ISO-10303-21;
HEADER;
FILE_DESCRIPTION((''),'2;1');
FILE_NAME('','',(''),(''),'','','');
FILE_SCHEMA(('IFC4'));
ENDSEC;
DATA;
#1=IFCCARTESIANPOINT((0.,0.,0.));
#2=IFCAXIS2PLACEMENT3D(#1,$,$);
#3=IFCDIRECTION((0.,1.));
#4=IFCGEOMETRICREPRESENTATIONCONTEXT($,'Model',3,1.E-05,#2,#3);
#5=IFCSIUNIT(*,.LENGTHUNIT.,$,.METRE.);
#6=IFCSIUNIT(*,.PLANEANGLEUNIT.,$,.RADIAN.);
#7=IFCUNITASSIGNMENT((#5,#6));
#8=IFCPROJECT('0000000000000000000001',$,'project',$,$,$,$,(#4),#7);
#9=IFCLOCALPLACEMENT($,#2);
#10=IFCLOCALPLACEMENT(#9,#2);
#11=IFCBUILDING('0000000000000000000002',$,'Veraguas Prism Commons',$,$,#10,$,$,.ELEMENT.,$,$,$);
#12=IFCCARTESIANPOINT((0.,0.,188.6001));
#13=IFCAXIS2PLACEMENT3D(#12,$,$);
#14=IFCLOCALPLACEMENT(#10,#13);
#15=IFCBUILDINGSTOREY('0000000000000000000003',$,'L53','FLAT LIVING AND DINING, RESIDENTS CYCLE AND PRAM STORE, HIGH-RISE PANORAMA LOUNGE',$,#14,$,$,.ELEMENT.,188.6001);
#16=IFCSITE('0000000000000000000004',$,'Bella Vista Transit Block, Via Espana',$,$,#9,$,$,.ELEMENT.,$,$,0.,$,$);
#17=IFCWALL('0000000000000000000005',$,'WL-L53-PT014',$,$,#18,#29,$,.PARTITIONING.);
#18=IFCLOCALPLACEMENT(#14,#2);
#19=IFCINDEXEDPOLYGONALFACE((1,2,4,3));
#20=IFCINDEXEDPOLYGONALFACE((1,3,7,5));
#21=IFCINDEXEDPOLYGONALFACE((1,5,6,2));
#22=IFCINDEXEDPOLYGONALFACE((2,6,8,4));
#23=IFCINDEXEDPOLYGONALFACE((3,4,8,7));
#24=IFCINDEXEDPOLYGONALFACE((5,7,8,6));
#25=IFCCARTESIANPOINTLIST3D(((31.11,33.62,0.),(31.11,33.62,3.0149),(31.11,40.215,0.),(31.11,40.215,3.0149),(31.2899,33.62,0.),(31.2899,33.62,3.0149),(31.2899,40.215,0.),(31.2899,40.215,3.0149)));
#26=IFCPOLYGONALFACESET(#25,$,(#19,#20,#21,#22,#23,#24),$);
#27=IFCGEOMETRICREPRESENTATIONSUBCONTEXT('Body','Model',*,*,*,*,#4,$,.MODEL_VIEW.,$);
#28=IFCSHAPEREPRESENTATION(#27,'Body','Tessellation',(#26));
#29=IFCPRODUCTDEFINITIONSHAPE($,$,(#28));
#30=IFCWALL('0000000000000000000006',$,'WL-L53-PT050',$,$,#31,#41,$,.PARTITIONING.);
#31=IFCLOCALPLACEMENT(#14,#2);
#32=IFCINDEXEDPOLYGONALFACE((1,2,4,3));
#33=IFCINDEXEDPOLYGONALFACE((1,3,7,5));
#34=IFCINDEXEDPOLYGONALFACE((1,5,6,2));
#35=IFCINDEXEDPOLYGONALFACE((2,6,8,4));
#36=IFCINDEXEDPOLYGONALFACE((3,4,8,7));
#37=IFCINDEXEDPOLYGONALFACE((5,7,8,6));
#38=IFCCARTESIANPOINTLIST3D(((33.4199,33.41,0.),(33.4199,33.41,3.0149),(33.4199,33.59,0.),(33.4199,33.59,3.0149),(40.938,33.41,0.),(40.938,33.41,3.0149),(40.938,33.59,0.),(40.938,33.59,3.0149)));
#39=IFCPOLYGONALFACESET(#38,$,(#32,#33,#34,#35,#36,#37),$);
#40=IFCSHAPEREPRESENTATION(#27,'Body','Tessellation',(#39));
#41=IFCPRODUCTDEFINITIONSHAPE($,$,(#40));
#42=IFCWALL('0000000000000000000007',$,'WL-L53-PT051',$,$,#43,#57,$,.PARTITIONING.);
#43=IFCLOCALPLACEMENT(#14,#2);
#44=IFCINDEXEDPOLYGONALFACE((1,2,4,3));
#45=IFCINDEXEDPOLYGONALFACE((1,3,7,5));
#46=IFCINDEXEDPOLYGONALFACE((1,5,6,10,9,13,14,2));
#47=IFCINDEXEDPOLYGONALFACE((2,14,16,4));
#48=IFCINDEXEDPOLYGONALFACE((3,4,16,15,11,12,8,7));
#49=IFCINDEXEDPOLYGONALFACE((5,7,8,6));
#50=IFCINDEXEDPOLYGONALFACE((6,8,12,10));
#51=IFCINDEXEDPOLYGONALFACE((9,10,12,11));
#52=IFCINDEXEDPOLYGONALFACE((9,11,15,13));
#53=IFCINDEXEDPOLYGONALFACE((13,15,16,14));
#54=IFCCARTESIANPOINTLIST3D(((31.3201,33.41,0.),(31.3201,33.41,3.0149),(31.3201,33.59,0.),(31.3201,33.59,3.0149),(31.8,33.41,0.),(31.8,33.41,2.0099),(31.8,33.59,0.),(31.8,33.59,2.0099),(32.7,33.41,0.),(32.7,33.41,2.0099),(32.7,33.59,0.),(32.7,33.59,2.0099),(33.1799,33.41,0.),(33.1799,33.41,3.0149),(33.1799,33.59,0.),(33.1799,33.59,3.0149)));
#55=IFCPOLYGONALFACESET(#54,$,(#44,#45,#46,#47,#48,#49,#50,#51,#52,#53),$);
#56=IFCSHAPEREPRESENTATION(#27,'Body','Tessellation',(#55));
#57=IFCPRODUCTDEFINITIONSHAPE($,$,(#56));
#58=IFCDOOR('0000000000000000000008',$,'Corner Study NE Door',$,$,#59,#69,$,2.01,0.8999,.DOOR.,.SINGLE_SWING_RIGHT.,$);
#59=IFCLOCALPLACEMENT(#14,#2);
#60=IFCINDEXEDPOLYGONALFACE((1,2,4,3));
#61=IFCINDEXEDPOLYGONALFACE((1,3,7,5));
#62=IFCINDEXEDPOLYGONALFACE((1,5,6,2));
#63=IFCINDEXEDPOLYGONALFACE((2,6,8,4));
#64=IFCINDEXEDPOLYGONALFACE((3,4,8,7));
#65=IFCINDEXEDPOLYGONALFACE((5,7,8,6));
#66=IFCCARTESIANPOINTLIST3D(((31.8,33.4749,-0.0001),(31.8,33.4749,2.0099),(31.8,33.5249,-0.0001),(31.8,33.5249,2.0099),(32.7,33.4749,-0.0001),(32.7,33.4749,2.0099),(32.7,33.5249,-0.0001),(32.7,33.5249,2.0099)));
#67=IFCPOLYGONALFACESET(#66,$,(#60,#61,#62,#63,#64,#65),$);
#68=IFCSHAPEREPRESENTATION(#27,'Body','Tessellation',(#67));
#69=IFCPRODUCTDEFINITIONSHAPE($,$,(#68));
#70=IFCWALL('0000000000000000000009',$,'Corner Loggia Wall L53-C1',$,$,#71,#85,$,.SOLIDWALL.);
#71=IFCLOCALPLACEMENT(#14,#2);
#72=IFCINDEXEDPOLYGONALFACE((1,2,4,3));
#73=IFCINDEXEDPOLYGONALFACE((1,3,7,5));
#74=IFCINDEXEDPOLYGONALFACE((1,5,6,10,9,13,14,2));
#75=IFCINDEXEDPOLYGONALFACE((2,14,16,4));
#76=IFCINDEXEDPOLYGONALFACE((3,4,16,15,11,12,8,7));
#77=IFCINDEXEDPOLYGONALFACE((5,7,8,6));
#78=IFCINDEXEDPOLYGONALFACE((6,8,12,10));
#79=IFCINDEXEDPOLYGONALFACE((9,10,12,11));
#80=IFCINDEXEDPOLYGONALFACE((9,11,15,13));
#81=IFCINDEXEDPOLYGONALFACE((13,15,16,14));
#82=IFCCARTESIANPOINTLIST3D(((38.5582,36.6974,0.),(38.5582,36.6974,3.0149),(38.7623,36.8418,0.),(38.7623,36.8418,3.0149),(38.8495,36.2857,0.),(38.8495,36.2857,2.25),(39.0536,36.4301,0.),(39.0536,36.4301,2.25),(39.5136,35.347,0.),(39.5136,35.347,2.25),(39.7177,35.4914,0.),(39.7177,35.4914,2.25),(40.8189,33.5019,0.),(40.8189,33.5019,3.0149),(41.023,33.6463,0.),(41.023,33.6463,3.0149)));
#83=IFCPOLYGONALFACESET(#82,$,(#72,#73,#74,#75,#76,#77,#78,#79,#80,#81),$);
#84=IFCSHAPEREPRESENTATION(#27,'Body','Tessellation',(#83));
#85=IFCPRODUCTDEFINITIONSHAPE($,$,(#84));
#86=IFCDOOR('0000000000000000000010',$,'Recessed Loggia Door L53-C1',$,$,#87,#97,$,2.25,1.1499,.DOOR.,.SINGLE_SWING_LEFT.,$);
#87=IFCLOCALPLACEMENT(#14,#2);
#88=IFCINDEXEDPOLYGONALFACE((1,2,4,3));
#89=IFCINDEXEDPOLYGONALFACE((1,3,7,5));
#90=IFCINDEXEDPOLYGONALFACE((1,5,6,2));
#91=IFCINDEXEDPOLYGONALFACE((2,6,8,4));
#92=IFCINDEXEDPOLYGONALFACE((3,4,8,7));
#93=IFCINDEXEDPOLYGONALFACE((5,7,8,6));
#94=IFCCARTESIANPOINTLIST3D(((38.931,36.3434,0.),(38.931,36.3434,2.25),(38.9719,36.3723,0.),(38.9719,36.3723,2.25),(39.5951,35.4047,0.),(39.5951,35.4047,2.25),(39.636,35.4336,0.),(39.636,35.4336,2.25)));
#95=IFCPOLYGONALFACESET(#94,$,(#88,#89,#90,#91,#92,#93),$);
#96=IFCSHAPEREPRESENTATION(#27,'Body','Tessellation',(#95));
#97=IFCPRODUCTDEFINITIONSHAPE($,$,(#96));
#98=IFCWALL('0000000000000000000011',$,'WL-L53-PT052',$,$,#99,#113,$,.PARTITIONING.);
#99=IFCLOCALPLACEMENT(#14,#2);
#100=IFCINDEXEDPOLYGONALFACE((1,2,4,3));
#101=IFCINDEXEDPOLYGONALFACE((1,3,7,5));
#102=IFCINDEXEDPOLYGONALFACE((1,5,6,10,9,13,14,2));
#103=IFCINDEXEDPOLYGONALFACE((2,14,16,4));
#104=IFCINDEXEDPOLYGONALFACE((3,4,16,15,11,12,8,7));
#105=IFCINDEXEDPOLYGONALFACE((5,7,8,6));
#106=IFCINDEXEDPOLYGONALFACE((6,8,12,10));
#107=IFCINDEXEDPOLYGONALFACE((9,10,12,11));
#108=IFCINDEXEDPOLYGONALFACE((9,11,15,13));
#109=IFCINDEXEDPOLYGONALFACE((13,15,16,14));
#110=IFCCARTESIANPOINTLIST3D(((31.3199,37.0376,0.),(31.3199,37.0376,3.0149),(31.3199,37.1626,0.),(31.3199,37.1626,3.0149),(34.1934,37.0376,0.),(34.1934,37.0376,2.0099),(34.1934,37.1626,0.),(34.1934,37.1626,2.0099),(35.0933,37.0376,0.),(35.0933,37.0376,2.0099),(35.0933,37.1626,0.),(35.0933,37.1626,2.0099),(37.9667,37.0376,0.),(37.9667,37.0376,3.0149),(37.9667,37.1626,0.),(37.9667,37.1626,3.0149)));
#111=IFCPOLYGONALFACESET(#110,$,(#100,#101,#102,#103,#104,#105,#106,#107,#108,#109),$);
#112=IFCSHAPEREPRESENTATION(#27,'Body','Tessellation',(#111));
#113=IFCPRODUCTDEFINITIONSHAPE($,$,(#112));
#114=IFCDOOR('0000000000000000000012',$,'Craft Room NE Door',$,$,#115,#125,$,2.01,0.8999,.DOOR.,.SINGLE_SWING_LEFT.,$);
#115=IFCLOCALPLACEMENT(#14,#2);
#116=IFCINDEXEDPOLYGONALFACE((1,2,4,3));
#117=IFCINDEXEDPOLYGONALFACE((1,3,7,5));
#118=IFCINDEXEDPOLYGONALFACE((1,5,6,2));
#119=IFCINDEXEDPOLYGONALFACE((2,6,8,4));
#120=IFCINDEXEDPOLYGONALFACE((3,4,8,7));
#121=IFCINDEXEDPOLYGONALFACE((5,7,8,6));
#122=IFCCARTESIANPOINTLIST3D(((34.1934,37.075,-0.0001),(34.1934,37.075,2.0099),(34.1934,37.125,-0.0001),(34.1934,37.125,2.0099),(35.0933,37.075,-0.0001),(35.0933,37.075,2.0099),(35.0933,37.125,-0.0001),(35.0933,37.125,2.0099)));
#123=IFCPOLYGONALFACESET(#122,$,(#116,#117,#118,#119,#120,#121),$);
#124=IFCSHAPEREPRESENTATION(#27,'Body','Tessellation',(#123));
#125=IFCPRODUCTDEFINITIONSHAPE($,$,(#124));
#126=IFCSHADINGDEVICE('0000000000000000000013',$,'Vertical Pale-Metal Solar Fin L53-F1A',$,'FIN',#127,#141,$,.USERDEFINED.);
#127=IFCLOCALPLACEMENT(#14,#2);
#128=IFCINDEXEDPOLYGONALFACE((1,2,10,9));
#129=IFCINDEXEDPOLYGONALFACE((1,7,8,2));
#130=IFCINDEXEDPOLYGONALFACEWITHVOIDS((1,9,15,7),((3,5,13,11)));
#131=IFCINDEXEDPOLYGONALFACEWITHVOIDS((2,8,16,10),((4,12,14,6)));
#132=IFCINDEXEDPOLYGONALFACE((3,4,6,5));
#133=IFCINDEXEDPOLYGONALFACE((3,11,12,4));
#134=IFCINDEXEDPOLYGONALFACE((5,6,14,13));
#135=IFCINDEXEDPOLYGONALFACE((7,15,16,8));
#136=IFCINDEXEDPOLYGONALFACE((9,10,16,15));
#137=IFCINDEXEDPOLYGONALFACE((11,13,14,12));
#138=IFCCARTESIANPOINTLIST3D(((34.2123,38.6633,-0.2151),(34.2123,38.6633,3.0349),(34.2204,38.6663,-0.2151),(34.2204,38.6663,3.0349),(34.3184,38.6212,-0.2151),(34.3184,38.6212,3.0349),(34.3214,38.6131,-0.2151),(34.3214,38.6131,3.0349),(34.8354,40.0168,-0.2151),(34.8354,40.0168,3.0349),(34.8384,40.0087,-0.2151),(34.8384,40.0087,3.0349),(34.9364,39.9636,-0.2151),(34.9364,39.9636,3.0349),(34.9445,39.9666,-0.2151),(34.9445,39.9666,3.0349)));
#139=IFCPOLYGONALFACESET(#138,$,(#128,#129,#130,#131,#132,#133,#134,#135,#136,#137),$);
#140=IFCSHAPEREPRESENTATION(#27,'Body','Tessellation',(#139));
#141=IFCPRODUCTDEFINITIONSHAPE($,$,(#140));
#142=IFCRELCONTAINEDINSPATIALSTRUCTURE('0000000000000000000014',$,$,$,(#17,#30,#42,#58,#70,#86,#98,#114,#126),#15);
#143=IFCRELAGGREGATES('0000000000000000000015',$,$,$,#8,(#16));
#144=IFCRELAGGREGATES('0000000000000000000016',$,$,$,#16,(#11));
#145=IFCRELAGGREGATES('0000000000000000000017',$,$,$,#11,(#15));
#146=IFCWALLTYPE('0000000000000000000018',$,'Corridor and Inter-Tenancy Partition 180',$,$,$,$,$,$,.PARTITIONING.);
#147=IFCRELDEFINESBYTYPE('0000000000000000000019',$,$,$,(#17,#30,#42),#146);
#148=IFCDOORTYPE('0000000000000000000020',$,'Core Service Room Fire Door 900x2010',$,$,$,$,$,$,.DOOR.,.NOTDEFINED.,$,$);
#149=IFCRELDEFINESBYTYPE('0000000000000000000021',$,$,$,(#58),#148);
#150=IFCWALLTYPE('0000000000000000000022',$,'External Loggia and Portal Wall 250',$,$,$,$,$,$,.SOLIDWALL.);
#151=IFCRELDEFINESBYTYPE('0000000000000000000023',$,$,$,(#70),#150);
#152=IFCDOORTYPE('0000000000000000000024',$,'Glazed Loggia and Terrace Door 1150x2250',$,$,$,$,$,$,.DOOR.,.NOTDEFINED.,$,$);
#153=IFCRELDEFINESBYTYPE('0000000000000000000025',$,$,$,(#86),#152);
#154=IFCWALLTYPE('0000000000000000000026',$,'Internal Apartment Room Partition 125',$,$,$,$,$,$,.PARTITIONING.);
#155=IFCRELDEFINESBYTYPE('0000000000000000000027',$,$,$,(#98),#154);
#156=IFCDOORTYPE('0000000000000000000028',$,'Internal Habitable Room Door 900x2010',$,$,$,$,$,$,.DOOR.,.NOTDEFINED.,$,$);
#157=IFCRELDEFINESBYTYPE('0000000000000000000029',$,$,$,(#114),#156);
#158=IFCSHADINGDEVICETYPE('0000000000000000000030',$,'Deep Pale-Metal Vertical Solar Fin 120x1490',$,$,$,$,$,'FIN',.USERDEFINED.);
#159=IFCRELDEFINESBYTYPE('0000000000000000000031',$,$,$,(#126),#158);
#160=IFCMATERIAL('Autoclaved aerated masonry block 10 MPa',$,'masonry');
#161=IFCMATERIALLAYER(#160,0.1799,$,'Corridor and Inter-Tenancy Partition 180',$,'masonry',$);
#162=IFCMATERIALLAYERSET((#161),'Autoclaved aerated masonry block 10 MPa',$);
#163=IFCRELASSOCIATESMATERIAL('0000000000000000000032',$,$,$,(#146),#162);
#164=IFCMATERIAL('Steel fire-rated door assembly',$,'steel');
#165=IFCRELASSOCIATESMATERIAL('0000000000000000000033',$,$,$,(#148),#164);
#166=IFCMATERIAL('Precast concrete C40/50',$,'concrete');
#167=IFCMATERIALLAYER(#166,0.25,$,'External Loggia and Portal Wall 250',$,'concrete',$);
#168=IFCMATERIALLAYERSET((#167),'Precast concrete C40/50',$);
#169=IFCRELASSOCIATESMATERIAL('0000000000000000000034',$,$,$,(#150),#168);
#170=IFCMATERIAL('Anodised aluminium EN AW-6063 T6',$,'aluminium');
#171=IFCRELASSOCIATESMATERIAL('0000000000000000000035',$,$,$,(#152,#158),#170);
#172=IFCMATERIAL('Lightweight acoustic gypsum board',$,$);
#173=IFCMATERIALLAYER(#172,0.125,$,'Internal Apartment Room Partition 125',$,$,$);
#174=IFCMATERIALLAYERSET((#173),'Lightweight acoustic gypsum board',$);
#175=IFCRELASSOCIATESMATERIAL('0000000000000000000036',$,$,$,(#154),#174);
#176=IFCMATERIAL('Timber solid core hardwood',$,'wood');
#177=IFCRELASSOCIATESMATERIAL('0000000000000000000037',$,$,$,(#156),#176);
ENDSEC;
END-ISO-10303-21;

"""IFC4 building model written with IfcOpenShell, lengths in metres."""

from ifc_helpers import new_model, si_unit, direction, frame, frame_2d, origin, origin_2d, place, context, subcontext, project, spatial, rectangle, hollow_rectangle, extrude, source, transform, mapped, material, layer, layer_set, material_profile, profile_set, type_object, element, fill, save


model = new_model("IFC4")

# Units and contexts
model_context = context("Model", 3, precision=1e-05, world=origin(), true_north=direction((0.0, 1.0)))
body_context = subcontext(model_context, "Body", "Model", "MODEL_VIEW")
ifc_project = project(units=[si_unit("LENGTHUNIT", "METRE"), si_unit("PLANEANGLEUNIT", "RADIAN")], contexts=[model_context])

# Site, building, storey
site_placement = place(None, origin())
site = spatial("IfcSite", under=ifc_project, at=site_placement, Name="Bella Vista Transit Block, Via Espana", CompositionType="ELEMENT", RefElevation=0.0)
building_placement = place(site_placement, origin())
building = spatial("IfcBuilding", under=site, at=building_placement, Name="Veraguas Prism Commons", CompositionType="ELEMENT")
storey_placement = place(building_placement, frame((0.0, 0.0, 188.6001)))
storey = spatial("IfcBuildingStorey", under=building, at=storey_placement, Name="L53", Description="FLAT LIVING AND DINING, RESIDENTS CYCLE AND PRAM STORE, HIGH-RISE PANORAMA LOUNGE", CompositionType="ELEMENT", Elevation=188.6001)

# Shared definitions
ifc_material_1 = material(Name="Anodised aluminium EN AW-6063 T6", Category="aluminium")

# Walls
ifc_material_2 = material(Name="Autoclaved aerated masonry block 10 MPa", Category="masonry")
ifc_layer_1 = layer(ifc_material_2, 0.1799, Name="Corridor and Inter-Tenancy Partition 180", Category="masonry")
ifc_layer_set_1 = layer_set([ifc_layer_1], Name="Autoclaved aerated masonry block 10 MPa")
wall_type_1 = type_object("IfcWallType", Name="Corridor and Inter-Tenancy Partition 180", PredefinedType="PARTITIONING", material=ifc_layer_set_1)
wall_1_placement = place(storey_placement, frame((31.2, 33.6201, 0.0), z_axis=(0.0, 0.0, 1.0), x_axis=(0.0, 1.0, 0.0)))
element("IfcWall", 1, at=wall_1_placement, inside=storey, type_object=wall_type_1, Name="WL-L53-PT014", PredefinedType="PARTITIONING", context=body_context, shape_type="SweptSolid", body=[
    extrude(rectangle(XDim=6.595, YDim=0.1799, at=frame_2d((3.2974, 0.0))), origin(), (0.0, 0.0, 1.0), 3.0149),
])
wall_2_placement = place(storey_placement, frame((33.4199, 33.5, 0.0), z_axis=(0.0, 0.0, 1.0), x_axis=(1.0, 0.0, 0.0)))
element("IfcWall", 2, at=wall_2_placement, inside=storey, type_object=wall_type_1, Name="WL-L53-PT050", PredefinedType="PARTITIONING", context=body_context, shape_type="SweptSolid", body=[
    extrude(rectangle(XDim=7.5181, YDim=0.1799, at=frame_2d((3.759, 0.0))), origin(), (0.0, 0.0, 1.0), 3.0149),
])

# Walls, openings, doors
wall_3_placement = place(storey_placement, frame((31.3201, 33.5, 0.0), z_axis=(0.0, 0.0, 1.0), x_axis=(1.0, 0.0, 0.0)))
wall_3 = element("IfcWall", 3, at=wall_3_placement, inside=storey, type_object=wall_type_1, Name="WL-L53-PT051", PredefinedType="PARTITIONING", context=body_context, shape_type="SweptSolid", body=[
    extrude(rectangle(XDim=1.8599, YDim=0.1799, at=frame_2d((0.9299, 0.0))), origin(), (0.0, 0.0, 1.0), 3.0149),
])
opening_1_placement = place(wall_3_placement, frame((0.48, 0.0, 0.0)))
opening_1 = element("IfcOpeningElement", 4, at=opening_1_placement, cuts=wall_3, PredefinedType="OPENING", context=body_context, shape_type="SweptSolid", body=[
    extrude(rectangle(XDim=0.8999, YDim=2.01, at=frame_2d((0.45, 1.0049))), frame((0.0, 0.0999, 0.0), z_axis=(0.0, -1.0, 0.0), x_axis=(1.0, 0.0, 0.0)), (0.0, 0.0, 1.0), 0.2),
])
ifc_material_3 = material(Name="Steel fire-rated door assembly", Category="steel")
door_type_1 = type_object("IfcDoorType", Name="Core Service Room Fire Door 900x2010", OperationType="NOTDEFINED", PredefinedType="DOOR", material=ifc_material_3)
shared_shape_1 = source(origin(), body_context, "Body", "SweptSolid", [
    extrude(rectangle(XDim=0.8999, YDim=2.01, at=frame_2d((0.45, 1.0049))), frame((0.0, 0.0249, 0.0), z_axis=(0.0, -1.0, 0.0), x_axis=(1.0, 0.0, 0.0)), (0.0, 0.0, 1.0), 0.05),
])
door_1_placement = place(opening_1_placement, origin())
door_1 = element("IfcDoor", 5, at=door_1_placement, inside=storey, type_object=door_type_1, Name="Corner Study NE Door", OperationType="SINGLE_SWING_RIGHT", OverallHeight=2.01, OverallWidth=0.8999, PredefinedType="DOOR", context=body_context, shape_type="MappedRepresentation", body=[
    mapped(shared_shape_1, transform((0.0, 0.0, 0.0), scale=1.0)),
])
fill(opening_1, door_1)
ifc_material_4 = material(Name="Precast concrete C40/50", Category="concrete")
ifc_layer_2 = layer(ifc_material_4, 0.25, Name="External Loggia and Portal Wall 250", Category="concrete")
ifc_layer_set_2 = layer_set([ifc_layer_2], Name="Precast concrete C40/50")
wall_type_2 = type_object("IfcWallType", Name="External Loggia and Portal Wall 250", PredefinedType="SOLIDWALL", material=ifc_layer_set_2)
wall_4_placement = place(storey_placement, frame((40.9209, 33.5742, 0.0), z_axis=(0.0, 0.0, 1.0), x_axis=(-0.577545, 0.816359, 0.0)))
wall_4 = element("IfcWall", 6, at=wall_4_placement, inside=storey, type_object=wall_type_2, Name="Corner Loggia Wall L53-C1", PredefinedType="SOLIDWALL", context=body_context, shape_type="SweptSolid", body=[
    extrude(rectangle(XDim=3.9143, YDim=0.25, at=frame_2d((1.957, 0.0))), origin(), (0.0, 0.0, 1.0), 3.0149),
])
opening_2_placement = place(wall_4_placement, frame((2.26, 0.0, 0.0)))
opening_2 = element("IfcOpeningElement", 7, at=opening_2_placement, cuts=wall_4, PredefinedType="OPENING", context=body_context, shape_type="SweptSolid", body=[
    extrude(rectangle(XDim=1.1499, YDim=2.25, at=frame_2d((0.575, 1.125))), frame((0.0, 0.135, 0.0), z_axis=(0.0, -1.0, 0.0), x_axis=(1.0, 0.0, 0.0)), (0.0, 0.0, 1.0), 0.27),
])
door_type_2 = type_object("IfcDoorType", Name="Glazed Loggia and Terrace Door 1150x2250", OperationType="NOTDEFINED", PredefinedType="DOOR", material=ifc_material_1)
shared_shape_2 = source(origin(), body_context, "Body", "SweptSolid", [
    extrude(rectangle(XDim=1.1499, YDim=2.25, at=frame_2d((0.575, 1.125))), frame((0.0, 0.0249, 0.0), z_axis=(0.0, -1.0, 0.0), x_axis=(1.0, 0.0, 0.0)), (0.0, 0.0, 1.0), 0.05),
])
door_2_placement = place(opening_2_placement, frame((1.1499, 0.0, 0.0), z_axis=(0.0, 0.0, 1.0), x_axis=(-1.0, 0.0, 0.0)))
door_2 = element("IfcDoor", 8, at=door_2_placement, inside=storey, type_object=door_type_2, Name="Recessed Loggia Door L53-C1", OperationType="SINGLE_SWING_LEFT", OverallHeight=2.25, OverallWidth=1.1499, PredefinedType="DOOR", context=body_context, shape_type="MappedRepresentation", body=[
    mapped(shared_shape_2, transform((0.0, 0.0, 0.0), scale=1.0)),
])
fill(opening_2, door_2)
ifc_material_5 = material(Name="Lightweight acoustic gypsum board")
ifc_layer_3 = layer(ifc_material_5, 0.125, Name="Internal Apartment Room Partition 125")
ifc_layer_set_3 = layer_set([ifc_layer_3], Name="Lightweight acoustic gypsum board")
wall_type_3 = type_object("IfcWallType", Name="Internal Apartment Room Partition 125", PredefinedType="PARTITIONING", material=ifc_layer_set_3)
wall_5_placement = place(storey_placement, frame((31.3201, 37.1001, 0.0), z_axis=(0.0, 0.0, 1.0), x_axis=(1.0, 0.0, 0.0)))
wall_5 = element("IfcWall", 9, at=wall_5_placement, inside=storey, type_object=wall_type_3, Name="WL-L53-PT052", PredefinedType="PARTITIONING", context=body_context, shape_type="SweptSolid", body=[
    extrude(rectangle(XDim=6.6467, YDim=0.125, at=frame_2d((3.3232, 0.0))), origin(), (0.0, 0.0, 1.0), 3.0149),
])
opening_3_placement = place(wall_5_placement, frame((2.8733, 0.0, 0.0)))
opening_3 = element("IfcOpeningElement", 10, at=opening_3_placement, cuts=wall_5, PredefinedType="OPENING", context=body_context, shape_type="SweptSolid", body=[
    extrude(rectangle(XDim=0.8999, YDim=2.01, at=frame_2d((0.45, 1.0049))), frame((0.0, 0.0725, 0.0), z_axis=(0.0, -1.0, 0.0), x_axis=(1.0, 0.0, 0.0)), (0.0, 0.0, 1.0), 0.145),
])
ifc_material_6 = material(Name="Timber solid core hardwood", Category="wood")
door_type_3 = type_object("IfcDoorType", Name="Internal Habitable Room Door 900x2010", OperationType="NOTDEFINED", PredefinedType="DOOR", material=ifc_material_6)
door_3_placement = place(opening_3_placement, origin())
door_3 = element("IfcDoor", 11, at=door_3_placement, inside=storey, type_object=door_type_3, Name="Craft Room NE Door", OperationType="SINGLE_SWING_LEFT", OverallHeight=2.01, OverallWidth=0.8999, PredefinedType="DOOR", context=body_context, shape_type="MappedRepresentation", body=[
    mapped(shared_shape_1, transform((0.0, 0.0, 0.0), scale=1.0)),
])
fill(opening_3, door_3)

# Shading device
ifc_material_profile_1 = material_profile(ifc_material_1, hollow_rectangle(XDim=0.1201, YDim=1.49, WallThickness=0.0061, at=origin_2d()), Name="FIN120X1490X6")
ifc_profile_set_1 = profile_set([ifc_material_profile_1], Name="Anodised aluminium EN AW-6063 T6")
shading_device_type = type_object("IfcShadingDeviceType", Name="Deep Pale-Metal Vertical Solar Fin 120x1490", ElementType="FIN", PredefinedType="USERDEFINED", material=ifc_profile_set_1)
shading_device_placement = place(storey_placement, frame((34.5784, 39.3149, -0.2151), z_axis=(0.0, 0.0, 1.0), x_axis=(-0.908361, 0.418187, 0.0)))
element("IfcShadingDevice", 12, at=shading_device_placement, inside=storey, type_object=shading_device_type, Name="Vertical Pale-Metal Solar Fin L53-F1A", ObjectType="FIN", PredefinedType="USERDEFINED", context=body_context, shape_type="SweptSolid", body=[
    extrude(hollow_rectangle(XDim=0.1201, YDim=1.49, WallThickness=0.0061, at=origin_2d()), origin(), (0.0, 0.0, 1.0), 3.25),
])

save(model, "model.ifc")
